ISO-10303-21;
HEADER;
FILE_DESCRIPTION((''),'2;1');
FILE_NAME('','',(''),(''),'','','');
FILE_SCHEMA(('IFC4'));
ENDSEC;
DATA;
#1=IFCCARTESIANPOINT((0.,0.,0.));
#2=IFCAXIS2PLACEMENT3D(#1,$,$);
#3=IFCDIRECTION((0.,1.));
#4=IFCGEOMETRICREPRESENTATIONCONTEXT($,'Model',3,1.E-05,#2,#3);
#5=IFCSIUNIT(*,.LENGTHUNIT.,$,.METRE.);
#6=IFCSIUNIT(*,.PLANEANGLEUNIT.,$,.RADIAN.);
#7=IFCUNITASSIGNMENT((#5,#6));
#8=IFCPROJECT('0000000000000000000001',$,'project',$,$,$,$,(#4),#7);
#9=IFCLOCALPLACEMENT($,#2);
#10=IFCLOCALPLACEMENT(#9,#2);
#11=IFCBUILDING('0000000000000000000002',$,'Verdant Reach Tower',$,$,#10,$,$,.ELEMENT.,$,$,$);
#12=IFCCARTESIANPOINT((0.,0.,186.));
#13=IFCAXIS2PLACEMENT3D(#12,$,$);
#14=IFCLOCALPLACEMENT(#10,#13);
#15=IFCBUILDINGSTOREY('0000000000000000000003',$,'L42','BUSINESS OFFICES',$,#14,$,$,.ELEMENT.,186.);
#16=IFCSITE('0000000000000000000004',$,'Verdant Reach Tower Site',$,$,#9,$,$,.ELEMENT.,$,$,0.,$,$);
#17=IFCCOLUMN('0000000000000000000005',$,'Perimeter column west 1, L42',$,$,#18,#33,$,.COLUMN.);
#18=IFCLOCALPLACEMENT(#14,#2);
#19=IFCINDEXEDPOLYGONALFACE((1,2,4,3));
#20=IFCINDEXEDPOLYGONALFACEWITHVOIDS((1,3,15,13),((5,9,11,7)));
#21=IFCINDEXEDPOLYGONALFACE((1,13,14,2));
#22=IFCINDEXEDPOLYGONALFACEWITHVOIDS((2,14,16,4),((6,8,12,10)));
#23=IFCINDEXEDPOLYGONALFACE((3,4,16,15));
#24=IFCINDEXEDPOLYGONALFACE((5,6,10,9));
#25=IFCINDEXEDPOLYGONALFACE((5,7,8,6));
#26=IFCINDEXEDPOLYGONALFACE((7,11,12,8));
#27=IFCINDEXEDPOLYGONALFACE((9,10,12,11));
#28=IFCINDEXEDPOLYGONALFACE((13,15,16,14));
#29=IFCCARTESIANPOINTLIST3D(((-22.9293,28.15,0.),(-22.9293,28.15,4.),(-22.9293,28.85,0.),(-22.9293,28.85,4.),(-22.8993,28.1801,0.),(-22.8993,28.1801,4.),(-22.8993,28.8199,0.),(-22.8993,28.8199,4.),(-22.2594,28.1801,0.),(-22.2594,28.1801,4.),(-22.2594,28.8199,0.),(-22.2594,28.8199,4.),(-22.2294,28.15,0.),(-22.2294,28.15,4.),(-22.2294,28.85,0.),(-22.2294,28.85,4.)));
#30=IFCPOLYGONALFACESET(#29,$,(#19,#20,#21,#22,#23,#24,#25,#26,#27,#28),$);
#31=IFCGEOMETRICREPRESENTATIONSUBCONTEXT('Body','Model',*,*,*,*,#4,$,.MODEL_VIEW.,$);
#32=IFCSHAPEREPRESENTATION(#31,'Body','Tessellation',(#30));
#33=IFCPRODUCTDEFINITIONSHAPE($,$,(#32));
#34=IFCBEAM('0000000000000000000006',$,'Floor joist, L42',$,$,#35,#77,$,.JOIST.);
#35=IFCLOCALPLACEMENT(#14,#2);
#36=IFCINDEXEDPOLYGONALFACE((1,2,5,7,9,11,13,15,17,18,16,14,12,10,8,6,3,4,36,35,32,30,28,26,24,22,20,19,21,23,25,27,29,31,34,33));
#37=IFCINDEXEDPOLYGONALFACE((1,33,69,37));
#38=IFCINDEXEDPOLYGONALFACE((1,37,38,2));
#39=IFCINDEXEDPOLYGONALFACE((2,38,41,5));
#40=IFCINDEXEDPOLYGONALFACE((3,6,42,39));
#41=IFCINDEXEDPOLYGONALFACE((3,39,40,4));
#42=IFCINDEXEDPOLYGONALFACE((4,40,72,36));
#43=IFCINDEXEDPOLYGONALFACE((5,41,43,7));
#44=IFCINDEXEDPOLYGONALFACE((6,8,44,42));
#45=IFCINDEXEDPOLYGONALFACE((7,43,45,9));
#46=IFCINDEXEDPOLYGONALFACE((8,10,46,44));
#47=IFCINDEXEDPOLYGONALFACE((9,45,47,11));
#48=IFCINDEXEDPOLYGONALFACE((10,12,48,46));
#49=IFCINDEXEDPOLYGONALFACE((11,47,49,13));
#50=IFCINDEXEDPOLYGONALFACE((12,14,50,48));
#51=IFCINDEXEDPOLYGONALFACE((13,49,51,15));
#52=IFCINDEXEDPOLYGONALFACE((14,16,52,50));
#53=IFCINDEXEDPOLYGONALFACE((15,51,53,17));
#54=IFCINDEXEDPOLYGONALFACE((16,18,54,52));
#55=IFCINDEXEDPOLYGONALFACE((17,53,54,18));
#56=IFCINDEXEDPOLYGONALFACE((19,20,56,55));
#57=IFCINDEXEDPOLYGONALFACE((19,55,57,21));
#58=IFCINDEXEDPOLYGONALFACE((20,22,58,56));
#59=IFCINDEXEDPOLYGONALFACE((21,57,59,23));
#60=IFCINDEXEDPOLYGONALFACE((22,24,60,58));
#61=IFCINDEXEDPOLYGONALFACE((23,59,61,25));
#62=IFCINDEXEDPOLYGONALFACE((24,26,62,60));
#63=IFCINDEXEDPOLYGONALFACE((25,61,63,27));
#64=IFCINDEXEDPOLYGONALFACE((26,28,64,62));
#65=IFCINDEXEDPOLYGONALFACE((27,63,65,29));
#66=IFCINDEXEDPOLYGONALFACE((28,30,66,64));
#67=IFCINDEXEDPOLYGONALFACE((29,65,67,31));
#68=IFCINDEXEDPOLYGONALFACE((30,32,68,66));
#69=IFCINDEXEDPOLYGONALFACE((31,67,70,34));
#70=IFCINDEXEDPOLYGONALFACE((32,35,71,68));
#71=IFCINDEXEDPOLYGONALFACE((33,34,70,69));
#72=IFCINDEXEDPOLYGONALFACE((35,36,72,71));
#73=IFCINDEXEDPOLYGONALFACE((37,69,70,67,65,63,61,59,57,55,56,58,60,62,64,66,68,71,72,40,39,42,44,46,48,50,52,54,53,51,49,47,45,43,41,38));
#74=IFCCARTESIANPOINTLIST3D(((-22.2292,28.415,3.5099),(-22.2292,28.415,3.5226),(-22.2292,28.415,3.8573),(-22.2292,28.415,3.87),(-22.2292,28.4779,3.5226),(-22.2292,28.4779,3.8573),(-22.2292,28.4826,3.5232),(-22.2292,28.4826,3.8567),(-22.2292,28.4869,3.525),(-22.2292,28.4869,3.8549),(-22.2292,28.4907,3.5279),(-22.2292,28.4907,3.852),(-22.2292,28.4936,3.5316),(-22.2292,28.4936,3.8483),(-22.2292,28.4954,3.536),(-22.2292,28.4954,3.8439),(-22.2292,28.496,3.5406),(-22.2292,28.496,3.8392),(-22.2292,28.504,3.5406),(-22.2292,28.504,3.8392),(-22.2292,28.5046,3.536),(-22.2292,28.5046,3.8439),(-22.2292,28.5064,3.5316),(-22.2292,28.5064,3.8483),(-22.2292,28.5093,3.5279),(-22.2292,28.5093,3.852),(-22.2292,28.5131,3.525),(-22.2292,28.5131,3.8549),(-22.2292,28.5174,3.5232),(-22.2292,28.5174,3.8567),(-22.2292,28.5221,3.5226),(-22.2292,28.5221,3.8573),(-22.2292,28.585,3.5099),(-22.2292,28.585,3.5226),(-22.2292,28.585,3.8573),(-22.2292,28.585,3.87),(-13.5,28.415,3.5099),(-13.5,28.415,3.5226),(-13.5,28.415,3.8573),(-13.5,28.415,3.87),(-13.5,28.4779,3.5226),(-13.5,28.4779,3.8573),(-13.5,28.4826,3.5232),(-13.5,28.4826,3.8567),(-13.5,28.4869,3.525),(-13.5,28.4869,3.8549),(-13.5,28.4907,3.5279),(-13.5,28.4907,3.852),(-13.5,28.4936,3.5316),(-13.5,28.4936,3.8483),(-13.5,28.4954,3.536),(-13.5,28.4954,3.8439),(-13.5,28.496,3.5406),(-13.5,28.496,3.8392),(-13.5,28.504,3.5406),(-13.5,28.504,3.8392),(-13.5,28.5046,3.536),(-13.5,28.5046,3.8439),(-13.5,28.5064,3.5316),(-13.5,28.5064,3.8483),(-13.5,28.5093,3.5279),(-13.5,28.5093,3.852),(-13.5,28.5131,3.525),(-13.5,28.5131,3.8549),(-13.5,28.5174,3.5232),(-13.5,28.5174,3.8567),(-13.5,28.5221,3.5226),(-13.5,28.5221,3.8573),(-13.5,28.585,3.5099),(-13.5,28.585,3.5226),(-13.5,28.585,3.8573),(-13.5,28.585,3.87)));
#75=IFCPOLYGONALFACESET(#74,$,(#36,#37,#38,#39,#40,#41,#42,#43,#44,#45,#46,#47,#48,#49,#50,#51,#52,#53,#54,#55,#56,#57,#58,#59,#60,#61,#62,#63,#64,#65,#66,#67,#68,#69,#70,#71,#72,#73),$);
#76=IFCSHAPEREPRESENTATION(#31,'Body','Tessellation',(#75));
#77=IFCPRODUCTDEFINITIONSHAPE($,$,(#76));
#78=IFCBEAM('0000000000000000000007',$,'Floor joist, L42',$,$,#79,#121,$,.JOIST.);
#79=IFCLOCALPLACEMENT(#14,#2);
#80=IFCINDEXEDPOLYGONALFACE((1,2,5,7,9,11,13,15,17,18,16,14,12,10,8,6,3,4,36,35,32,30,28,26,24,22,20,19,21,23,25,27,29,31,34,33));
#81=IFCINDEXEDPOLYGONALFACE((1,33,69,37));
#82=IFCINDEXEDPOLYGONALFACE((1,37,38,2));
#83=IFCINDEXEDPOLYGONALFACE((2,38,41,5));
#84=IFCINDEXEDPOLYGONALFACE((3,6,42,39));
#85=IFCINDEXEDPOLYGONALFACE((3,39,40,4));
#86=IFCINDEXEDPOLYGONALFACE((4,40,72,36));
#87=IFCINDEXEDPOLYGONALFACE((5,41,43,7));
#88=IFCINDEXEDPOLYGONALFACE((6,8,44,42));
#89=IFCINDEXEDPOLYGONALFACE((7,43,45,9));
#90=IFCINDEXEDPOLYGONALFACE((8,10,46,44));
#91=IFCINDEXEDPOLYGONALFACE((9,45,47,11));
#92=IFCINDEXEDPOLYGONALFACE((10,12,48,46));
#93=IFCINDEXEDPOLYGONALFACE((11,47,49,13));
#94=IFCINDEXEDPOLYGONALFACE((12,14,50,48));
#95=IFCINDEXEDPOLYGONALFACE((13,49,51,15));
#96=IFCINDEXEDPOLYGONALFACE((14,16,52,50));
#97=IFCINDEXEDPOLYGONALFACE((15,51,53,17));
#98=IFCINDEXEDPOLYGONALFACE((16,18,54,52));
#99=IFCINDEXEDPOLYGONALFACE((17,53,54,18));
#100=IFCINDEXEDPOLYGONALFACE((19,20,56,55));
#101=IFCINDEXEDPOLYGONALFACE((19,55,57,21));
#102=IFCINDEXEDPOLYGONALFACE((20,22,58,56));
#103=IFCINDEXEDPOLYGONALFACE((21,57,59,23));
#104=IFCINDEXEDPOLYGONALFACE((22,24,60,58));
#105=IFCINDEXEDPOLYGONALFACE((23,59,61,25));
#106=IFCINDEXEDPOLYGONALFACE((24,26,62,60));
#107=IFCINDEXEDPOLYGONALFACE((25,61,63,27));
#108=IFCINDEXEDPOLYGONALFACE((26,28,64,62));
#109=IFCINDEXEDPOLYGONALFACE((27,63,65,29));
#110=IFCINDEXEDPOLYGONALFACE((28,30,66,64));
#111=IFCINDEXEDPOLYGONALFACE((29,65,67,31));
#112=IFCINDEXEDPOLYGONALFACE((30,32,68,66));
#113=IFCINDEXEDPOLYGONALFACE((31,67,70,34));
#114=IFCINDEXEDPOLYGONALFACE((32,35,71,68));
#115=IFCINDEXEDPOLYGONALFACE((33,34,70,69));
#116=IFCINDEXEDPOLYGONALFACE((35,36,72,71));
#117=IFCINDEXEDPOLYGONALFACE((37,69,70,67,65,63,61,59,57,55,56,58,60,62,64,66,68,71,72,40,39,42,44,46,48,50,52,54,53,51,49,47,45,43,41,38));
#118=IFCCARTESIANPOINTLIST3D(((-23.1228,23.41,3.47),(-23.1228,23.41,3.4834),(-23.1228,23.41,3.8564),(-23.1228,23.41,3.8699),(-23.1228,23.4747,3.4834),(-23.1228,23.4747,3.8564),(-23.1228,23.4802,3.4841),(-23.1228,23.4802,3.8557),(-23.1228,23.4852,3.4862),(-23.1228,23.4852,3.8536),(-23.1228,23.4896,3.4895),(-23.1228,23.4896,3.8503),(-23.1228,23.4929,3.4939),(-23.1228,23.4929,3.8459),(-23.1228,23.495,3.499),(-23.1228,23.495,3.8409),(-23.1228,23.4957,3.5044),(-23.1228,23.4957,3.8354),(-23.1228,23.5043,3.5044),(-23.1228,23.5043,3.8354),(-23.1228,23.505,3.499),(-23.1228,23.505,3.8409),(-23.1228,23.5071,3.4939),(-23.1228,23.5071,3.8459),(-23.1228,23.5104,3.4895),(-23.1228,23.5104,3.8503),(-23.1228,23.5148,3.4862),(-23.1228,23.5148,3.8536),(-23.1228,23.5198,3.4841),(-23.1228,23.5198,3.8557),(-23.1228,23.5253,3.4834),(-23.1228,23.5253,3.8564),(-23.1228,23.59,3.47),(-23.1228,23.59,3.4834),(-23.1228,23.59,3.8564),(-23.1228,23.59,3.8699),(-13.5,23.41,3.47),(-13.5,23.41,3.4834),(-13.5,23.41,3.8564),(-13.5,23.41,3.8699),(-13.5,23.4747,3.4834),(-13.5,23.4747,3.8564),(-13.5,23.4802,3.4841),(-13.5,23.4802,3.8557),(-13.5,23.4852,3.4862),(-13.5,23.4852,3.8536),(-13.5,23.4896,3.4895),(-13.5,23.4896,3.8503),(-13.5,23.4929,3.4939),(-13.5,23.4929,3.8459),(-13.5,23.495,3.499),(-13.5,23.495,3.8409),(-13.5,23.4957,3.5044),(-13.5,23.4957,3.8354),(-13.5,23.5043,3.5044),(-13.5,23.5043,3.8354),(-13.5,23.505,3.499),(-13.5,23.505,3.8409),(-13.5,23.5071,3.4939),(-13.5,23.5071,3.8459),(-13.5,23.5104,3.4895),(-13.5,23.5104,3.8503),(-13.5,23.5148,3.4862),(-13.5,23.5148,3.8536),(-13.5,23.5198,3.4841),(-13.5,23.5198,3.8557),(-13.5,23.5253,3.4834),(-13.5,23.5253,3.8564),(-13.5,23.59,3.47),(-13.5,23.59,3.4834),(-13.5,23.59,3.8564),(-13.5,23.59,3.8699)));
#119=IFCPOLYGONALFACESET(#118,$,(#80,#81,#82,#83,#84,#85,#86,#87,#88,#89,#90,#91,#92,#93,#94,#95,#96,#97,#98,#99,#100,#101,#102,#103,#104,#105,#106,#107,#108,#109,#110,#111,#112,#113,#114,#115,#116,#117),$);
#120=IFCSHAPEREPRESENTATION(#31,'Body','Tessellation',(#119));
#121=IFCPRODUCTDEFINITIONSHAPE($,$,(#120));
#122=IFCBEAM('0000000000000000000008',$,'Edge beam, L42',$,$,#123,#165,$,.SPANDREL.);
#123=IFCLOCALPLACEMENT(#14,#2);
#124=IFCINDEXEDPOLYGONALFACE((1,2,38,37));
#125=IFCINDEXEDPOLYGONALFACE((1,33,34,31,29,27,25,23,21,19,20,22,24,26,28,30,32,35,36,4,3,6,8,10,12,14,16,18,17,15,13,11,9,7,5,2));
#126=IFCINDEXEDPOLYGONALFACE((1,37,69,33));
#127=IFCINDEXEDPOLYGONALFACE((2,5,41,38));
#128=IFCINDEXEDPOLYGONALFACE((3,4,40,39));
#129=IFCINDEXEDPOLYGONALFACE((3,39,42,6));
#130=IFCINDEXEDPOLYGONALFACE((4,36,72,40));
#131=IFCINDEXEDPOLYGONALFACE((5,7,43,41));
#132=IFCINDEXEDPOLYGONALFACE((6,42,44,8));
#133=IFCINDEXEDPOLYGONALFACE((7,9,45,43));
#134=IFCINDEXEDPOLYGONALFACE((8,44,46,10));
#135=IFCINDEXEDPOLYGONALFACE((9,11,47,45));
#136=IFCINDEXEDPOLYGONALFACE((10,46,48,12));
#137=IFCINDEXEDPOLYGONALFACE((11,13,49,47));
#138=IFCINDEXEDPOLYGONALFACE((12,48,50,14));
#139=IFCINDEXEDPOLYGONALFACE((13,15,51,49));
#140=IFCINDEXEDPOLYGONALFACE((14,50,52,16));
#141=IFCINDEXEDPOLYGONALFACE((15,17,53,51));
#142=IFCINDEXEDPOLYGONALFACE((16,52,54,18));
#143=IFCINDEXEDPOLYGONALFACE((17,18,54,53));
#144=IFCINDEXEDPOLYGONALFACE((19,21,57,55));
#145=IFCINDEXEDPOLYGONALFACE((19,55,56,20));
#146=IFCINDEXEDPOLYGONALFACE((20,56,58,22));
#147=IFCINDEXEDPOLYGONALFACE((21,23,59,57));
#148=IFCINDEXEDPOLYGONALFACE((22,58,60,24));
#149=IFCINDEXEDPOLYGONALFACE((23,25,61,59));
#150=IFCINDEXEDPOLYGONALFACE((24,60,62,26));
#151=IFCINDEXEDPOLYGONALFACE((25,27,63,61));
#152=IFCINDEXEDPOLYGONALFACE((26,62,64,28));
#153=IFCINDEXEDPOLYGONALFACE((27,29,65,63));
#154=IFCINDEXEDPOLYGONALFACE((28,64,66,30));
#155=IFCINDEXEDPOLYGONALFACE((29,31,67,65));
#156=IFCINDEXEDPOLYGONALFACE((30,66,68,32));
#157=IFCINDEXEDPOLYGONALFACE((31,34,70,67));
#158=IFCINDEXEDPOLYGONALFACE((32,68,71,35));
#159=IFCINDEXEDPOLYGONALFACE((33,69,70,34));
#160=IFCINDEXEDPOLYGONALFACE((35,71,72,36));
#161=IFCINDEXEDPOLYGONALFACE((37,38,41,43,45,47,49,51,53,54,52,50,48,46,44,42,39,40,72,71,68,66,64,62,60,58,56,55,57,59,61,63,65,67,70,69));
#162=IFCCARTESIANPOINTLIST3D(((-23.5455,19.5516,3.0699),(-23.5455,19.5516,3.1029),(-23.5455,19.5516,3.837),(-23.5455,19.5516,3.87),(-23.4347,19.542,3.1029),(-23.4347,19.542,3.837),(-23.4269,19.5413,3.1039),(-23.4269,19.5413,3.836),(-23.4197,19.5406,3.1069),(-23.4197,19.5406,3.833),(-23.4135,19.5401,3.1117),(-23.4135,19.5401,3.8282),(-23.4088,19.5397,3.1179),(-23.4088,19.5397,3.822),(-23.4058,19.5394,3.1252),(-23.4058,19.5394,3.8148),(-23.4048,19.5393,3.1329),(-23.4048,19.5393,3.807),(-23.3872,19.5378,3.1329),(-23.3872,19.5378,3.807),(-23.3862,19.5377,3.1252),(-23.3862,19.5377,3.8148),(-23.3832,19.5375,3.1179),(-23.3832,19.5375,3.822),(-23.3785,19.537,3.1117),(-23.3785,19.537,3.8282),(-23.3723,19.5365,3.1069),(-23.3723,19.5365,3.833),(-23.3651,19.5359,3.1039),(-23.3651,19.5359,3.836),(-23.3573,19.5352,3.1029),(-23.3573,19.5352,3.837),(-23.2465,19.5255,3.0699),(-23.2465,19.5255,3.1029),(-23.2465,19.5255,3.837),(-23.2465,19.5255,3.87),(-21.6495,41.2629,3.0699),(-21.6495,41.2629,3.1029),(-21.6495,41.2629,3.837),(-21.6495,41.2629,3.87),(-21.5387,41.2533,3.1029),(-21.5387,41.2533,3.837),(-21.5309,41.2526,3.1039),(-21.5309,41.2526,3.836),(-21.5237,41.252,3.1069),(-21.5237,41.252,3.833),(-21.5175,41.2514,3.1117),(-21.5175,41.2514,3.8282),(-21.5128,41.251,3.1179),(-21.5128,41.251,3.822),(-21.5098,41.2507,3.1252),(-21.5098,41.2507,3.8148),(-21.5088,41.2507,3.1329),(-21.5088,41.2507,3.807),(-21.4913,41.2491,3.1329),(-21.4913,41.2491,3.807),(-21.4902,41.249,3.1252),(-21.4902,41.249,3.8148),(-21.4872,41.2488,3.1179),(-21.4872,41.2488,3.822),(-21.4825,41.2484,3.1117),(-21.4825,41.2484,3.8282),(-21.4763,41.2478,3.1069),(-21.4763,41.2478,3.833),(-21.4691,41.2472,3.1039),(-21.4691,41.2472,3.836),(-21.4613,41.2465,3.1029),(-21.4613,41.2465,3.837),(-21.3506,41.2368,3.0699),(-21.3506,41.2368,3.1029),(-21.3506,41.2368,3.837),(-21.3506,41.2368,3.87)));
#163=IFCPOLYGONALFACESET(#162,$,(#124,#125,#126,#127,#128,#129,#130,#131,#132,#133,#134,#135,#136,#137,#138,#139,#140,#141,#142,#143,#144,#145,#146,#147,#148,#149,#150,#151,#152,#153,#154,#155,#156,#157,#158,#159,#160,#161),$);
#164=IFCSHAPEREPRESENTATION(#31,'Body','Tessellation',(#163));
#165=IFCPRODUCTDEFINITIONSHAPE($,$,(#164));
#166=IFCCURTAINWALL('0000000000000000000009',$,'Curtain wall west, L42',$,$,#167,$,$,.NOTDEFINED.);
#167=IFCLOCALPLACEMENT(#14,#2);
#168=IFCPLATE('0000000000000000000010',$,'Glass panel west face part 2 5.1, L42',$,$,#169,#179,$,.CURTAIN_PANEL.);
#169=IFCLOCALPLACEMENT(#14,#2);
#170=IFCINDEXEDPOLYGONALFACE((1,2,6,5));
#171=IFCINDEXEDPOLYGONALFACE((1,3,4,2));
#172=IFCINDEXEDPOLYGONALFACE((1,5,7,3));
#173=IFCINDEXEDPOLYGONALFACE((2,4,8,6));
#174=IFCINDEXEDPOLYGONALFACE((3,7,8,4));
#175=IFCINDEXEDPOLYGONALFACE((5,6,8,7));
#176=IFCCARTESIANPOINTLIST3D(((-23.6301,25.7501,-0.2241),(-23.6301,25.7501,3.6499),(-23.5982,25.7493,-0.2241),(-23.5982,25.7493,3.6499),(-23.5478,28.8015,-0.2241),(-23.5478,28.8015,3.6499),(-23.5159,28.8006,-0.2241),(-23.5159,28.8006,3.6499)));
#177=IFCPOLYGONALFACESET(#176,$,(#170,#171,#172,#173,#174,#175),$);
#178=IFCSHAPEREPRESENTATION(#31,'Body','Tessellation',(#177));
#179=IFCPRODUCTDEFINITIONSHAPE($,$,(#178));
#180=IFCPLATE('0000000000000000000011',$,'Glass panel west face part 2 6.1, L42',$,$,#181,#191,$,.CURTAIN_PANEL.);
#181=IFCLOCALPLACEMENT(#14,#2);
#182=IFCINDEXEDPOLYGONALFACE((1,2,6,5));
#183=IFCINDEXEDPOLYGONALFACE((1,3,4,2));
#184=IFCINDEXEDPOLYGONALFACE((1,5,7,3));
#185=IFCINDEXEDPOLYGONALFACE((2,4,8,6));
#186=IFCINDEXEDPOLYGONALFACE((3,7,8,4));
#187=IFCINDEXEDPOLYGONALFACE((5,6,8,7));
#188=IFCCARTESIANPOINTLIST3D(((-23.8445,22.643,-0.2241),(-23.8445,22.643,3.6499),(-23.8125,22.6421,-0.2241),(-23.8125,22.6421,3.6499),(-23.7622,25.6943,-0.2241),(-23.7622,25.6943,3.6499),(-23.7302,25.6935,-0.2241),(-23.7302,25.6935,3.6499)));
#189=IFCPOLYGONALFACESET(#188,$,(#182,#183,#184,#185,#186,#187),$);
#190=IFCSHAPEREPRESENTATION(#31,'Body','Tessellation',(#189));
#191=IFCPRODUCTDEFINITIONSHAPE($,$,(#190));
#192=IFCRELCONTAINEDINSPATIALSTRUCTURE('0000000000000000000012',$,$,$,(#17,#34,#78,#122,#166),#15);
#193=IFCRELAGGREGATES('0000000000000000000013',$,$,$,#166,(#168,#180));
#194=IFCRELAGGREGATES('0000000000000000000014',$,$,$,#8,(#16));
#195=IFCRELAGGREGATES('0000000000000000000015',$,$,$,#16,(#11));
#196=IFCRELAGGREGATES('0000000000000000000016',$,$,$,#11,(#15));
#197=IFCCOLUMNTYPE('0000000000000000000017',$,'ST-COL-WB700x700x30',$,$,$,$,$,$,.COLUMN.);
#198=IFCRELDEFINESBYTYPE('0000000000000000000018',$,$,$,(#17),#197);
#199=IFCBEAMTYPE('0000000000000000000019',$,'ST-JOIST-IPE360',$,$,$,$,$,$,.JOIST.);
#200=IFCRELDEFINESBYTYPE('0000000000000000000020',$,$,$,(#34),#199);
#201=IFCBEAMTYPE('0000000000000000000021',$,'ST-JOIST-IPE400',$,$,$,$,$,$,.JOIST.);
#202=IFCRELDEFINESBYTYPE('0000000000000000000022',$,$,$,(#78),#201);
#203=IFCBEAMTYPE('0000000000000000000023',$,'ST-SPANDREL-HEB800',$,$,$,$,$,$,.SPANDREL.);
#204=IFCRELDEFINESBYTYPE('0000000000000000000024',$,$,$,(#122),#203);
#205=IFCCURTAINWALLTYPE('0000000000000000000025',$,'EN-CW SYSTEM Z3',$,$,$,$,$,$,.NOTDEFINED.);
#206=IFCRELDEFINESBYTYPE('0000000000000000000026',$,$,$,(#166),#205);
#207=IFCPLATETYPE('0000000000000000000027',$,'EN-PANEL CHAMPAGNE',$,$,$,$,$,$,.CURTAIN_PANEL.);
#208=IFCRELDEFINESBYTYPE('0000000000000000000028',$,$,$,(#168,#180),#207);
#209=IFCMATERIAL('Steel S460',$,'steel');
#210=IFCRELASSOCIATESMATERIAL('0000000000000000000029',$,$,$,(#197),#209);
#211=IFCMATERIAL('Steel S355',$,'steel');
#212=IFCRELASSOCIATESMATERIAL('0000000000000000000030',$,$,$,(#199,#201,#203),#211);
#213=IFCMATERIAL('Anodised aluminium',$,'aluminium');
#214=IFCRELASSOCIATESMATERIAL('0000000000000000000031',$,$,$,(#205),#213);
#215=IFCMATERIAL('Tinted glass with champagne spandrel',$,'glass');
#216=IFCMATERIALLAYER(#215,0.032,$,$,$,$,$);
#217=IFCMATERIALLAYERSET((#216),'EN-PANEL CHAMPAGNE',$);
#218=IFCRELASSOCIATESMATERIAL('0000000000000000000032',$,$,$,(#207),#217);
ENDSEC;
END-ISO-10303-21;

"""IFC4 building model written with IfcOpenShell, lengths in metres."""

from ifc_helpers import new_model, si_unit, direction, frame, origin, origin_2d, place, context, subcontext, project, spatial, rectangle, hollow_rectangle, i_section, extrude, material, layer, layer_set, material_profile, profile_set, type_object, element, aggregate, save


model = new_model("IFC4")

# Units and contexts
model_context = context("Model", 3, precision=1e-05, world=origin(), true_north=direction((0.0, 1.0)))
body_context = subcontext(model_context, "Body", "Model", "MODEL_VIEW")
ifc_project = project(units=[si_unit("LENGTHUNIT", "METRE"), si_unit("PLANEANGLEUNIT", "RADIAN")], contexts=[model_context])

# Site, building, storey
site_placement = place(None, origin())
site = spatial("IfcSite", under=ifc_project, at=site_placement, Name="Verdant Reach Tower Site", CompositionType="ELEMENT", RefElevation=0.0)
building_placement = place(site_placement, origin())
building = spatial("IfcBuilding", under=site, at=building_placement, Name="Verdant Reach Tower", CompositionType="ELEMENT")
storey_placement = place(building_placement, frame((0.0, 0.0, 186.0)))
storey = spatial("IfcBuildingStorey", under=building, at=storey_placement, Name="L42", Description="BUSINESS OFFICES", CompositionType="ELEMENT", Elevation=186.0)

# Column
ifc_material_1 = material(Name="Steel S460", Category="steel")
ifc_material_profile_1 = material_profile(ifc_material_1, hollow_rectangle(XDim=0.7, YDim=0.7, WallThickness=0.03, at=origin_2d()), Name="WB 700x700x30")
ifc_profile_set_1 = profile_set([ifc_material_profile_1], Name="Steel S460")
column_type = type_object("IfcColumnType", Name="ST-COL-WB700x700x30", PredefinedType="COLUMN", material=ifc_profile_set_1)
column_placement = place(storey_placement, frame((-22.5793, 28.5, 0.0), z_axis=(0.0, 0.0, 1.0), x_axis=(1.0, 0.0, 0.0)))
element("IfcColumn", 1, at=column_placement, inside=storey, type_object=column_type, Name="Perimeter column west 1, L42", PredefinedType="COLUMN", context=body_context, shape_type="SweptSolid", body=[
    extrude(hollow_rectangle(XDim=0.7, YDim=0.7, WallThickness=0.03, at=origin_2d()), origin(), (0.0, 0.0, 1.0), 4.0),
])

# Beams
ifc_material_2 = material(Name="Steel S355", Category="steel")
ifc_material_profile_2 = material_profile(ifc_material_2, i_section(OverallWidth=0.1699, OverallDepth=0.3601, WebThickness=0.0081, FlangeThickness=0.0127, FilletRadius=0.0181, at=origin_2d()), Name="IPE 360")
ifc_profile_set_2 = profile_set([ifc_material_profile_2], Name="Steel S355")
beam_type_1 = type_object("IfcBeamType", Name="ST-JOIST-IPE360", PredefinedType="JOIST", material=ifc_profile_set_2)
beam_1_placement = place(storey_placement, frame((-13.5, 28.5, 3.6899), z_axis=(-1.0, 0.0, 0.0), x_axis=(0.0, -1.0, 0.0)))
element("IfcBeam", 2, at=beam_1_placement, inside=storey, type_object=beam_type_1, Name="Floor joist, L42", PredefinedType="JOIST", context=body_context, shape_type="SweptSolid", body=[
    extrude(i_section(OverallWidth=0.1699, OverallDepth=0.3601, WebThickness=0.0081, FlangeThickness=0.0127, FilletRadius=0.0181, at=origin_2d()), origin(), (0.0, 0.0, 1.0), 8.7292),
])
ifc_material_profile_3 = material_profile(ifc_material_2, i_section(OverallWidth=0.1799, OverallDepth=0.3999, WebThickness=0.0085, FlangeThickness=0.0134, FilletRadius=0.021, at=origin_2d()), Name="IPE 400")
ifc_profile_set_3 = profile_set([ifc_material_profile_3], Name="Steel S355")
beam_type_2 = type_object("IfcBeamType", Name="ST-JOIST-IPE400", PredefinedType="JOIST", material=ifc_profile_set_3)
beam_2_placement = place(storey_placement, frame((-13.5, 23.5, 3.6699), z_axis=(-1.0, 0.0, 0.0), x_axis=(0.0, -1.0, 0.0)))
element("IfcBeam", 3, at=beam_2_placement, inside=storey, type_object=beam_type_2, Name="Floor joist, L42", PredefinedType="JOIST", context=body_context, shape_type="SweptSolid", body=[
    extrude(i_section(OverallWidth=0.1799, OverallDepth=0.3999, WebThickness=0.0085, FlangeThickness=0.0134, FilletRadius=0.021, at=origin_2d()), origin(), (0.0, 0.0, 1.0), 9.6228),
])
ifc_material_profile_4 = material_profile(ifc_material_2, i_section(OverallWidth=0.3, OverallDepth=0.8, WebThickness=0.0176, FlangeThickness=0.033, FilletRadius=0.03, at=origin_2d()), Name="HEB 800")
ifc_profile_set_4 = profile_set([ifc_material_profile_4], Name="Steel S355")
beam_type_3 = type_object("IfcBeamType", Name="ST-SPANDREL-HEB800", PredefinedType="SPANDREL", material=ifc_profile_set_4)
beam_3_placement = place(storey_placement, frame((-23.396, 19.5386, 3.47), z_axis=(0.086996, 0.996209, 0.0), x_axis=(-0.996209, 0.086996, 0.0)))
element("IfcBeam", 4, at=beam_3_placement, inside=storey, type_object=beam_type_3, Name="Edge beam, L42", PredefinedType="SPANDREL", context=body_context, shape_type="SweptSolid", body=[
    extrude(i_section(OverallWidth=0.3, OverallDepth=0.8, WebThickness=0.0176, FlangeThickness=0.033, FilletRadius=0.03, at=origin_2d()), origin(), (0.0, 0.0, 1.0), 21.7939),
])

# Curtain wall, plates
ifc_material_3 = material(Name="Anodised aluminium", Category="aluminium")
curtain_wall_type = type_object("IfcCurtainWallType", Name="EN-CW SYSTEM Z3", PredefinedType="NOTDEFINED", material=ifc_material_3)
curtain_wall_placement = place(storey_placement, origin())
curtain_wall = element("IfcCurtainWall", 5, at=curtain_wall_placement, inside=storey, type_object=curtain_wall_type, Name="Curtain wall west, L42", PredefinedType="NOTDEFINED")
ifc_material_4 = material(Name="Tinted glass with champagne spandrel", Category="glass")
ifc_layer_1 = layer(ifc_material_4, 0.032)
ifc_layer_set_1 = layer_set([ifc_layer_1], Name="EN-PANEL CHAMPAGNE")
plate_type_1 = type_object("IfcPlateType", Name="EN-PANEL CHAMPAGNE", PredefinedType="CURTAIN_PANEL", material=ifc_layer_set_1)
plate_1_placement = place(storey_placement, frame((-23.573, 27.2754, -0.2241), z_axis=(0.0, 0.0, 1.0), x_axis=(-0.026965, -0.999636, 0.0)))
plate_1 = element("IfcPlate", 6, at=plate_1_placement, type_object=plate_type_1, Name="Glass panel west face part 2 5.1, L42", PredefinedType="CURTAIN_PANEL", context=body_context, shape_type="SweptSolid", body=[
    extrude(rectangle(XDim=3.0525, YDim=0.032, at=origin_2d()), origin(), (0.0, 0.0, 1.0), 3.874),
])
plate_2_placement = place(storey_placement, frame((-23.7874, 24.1682, -0.2241), z_axis=(0.0, 0.0, 1.0), x_axis=(-0.026965, -0.999636, 0.0)))
plate_2 = element("IfcPlate", 7, at=plate_2_placement, type_object=plate_type_1, Name="Glass panel west face part 2 6.1, L42", PredefinedType="CURTAIN_PANEL", context=body_context, shape_type="SweptSolid", body=[
    extrude(rectangle(XDim=3.0525, YDim=0.032, at=origin_2d()), origin(), (0.0, 0.0, 1.0), 3.874),
])
aggregate(curtain_wall, [plate_1, plate_2])

save(model, "model.ifc")
